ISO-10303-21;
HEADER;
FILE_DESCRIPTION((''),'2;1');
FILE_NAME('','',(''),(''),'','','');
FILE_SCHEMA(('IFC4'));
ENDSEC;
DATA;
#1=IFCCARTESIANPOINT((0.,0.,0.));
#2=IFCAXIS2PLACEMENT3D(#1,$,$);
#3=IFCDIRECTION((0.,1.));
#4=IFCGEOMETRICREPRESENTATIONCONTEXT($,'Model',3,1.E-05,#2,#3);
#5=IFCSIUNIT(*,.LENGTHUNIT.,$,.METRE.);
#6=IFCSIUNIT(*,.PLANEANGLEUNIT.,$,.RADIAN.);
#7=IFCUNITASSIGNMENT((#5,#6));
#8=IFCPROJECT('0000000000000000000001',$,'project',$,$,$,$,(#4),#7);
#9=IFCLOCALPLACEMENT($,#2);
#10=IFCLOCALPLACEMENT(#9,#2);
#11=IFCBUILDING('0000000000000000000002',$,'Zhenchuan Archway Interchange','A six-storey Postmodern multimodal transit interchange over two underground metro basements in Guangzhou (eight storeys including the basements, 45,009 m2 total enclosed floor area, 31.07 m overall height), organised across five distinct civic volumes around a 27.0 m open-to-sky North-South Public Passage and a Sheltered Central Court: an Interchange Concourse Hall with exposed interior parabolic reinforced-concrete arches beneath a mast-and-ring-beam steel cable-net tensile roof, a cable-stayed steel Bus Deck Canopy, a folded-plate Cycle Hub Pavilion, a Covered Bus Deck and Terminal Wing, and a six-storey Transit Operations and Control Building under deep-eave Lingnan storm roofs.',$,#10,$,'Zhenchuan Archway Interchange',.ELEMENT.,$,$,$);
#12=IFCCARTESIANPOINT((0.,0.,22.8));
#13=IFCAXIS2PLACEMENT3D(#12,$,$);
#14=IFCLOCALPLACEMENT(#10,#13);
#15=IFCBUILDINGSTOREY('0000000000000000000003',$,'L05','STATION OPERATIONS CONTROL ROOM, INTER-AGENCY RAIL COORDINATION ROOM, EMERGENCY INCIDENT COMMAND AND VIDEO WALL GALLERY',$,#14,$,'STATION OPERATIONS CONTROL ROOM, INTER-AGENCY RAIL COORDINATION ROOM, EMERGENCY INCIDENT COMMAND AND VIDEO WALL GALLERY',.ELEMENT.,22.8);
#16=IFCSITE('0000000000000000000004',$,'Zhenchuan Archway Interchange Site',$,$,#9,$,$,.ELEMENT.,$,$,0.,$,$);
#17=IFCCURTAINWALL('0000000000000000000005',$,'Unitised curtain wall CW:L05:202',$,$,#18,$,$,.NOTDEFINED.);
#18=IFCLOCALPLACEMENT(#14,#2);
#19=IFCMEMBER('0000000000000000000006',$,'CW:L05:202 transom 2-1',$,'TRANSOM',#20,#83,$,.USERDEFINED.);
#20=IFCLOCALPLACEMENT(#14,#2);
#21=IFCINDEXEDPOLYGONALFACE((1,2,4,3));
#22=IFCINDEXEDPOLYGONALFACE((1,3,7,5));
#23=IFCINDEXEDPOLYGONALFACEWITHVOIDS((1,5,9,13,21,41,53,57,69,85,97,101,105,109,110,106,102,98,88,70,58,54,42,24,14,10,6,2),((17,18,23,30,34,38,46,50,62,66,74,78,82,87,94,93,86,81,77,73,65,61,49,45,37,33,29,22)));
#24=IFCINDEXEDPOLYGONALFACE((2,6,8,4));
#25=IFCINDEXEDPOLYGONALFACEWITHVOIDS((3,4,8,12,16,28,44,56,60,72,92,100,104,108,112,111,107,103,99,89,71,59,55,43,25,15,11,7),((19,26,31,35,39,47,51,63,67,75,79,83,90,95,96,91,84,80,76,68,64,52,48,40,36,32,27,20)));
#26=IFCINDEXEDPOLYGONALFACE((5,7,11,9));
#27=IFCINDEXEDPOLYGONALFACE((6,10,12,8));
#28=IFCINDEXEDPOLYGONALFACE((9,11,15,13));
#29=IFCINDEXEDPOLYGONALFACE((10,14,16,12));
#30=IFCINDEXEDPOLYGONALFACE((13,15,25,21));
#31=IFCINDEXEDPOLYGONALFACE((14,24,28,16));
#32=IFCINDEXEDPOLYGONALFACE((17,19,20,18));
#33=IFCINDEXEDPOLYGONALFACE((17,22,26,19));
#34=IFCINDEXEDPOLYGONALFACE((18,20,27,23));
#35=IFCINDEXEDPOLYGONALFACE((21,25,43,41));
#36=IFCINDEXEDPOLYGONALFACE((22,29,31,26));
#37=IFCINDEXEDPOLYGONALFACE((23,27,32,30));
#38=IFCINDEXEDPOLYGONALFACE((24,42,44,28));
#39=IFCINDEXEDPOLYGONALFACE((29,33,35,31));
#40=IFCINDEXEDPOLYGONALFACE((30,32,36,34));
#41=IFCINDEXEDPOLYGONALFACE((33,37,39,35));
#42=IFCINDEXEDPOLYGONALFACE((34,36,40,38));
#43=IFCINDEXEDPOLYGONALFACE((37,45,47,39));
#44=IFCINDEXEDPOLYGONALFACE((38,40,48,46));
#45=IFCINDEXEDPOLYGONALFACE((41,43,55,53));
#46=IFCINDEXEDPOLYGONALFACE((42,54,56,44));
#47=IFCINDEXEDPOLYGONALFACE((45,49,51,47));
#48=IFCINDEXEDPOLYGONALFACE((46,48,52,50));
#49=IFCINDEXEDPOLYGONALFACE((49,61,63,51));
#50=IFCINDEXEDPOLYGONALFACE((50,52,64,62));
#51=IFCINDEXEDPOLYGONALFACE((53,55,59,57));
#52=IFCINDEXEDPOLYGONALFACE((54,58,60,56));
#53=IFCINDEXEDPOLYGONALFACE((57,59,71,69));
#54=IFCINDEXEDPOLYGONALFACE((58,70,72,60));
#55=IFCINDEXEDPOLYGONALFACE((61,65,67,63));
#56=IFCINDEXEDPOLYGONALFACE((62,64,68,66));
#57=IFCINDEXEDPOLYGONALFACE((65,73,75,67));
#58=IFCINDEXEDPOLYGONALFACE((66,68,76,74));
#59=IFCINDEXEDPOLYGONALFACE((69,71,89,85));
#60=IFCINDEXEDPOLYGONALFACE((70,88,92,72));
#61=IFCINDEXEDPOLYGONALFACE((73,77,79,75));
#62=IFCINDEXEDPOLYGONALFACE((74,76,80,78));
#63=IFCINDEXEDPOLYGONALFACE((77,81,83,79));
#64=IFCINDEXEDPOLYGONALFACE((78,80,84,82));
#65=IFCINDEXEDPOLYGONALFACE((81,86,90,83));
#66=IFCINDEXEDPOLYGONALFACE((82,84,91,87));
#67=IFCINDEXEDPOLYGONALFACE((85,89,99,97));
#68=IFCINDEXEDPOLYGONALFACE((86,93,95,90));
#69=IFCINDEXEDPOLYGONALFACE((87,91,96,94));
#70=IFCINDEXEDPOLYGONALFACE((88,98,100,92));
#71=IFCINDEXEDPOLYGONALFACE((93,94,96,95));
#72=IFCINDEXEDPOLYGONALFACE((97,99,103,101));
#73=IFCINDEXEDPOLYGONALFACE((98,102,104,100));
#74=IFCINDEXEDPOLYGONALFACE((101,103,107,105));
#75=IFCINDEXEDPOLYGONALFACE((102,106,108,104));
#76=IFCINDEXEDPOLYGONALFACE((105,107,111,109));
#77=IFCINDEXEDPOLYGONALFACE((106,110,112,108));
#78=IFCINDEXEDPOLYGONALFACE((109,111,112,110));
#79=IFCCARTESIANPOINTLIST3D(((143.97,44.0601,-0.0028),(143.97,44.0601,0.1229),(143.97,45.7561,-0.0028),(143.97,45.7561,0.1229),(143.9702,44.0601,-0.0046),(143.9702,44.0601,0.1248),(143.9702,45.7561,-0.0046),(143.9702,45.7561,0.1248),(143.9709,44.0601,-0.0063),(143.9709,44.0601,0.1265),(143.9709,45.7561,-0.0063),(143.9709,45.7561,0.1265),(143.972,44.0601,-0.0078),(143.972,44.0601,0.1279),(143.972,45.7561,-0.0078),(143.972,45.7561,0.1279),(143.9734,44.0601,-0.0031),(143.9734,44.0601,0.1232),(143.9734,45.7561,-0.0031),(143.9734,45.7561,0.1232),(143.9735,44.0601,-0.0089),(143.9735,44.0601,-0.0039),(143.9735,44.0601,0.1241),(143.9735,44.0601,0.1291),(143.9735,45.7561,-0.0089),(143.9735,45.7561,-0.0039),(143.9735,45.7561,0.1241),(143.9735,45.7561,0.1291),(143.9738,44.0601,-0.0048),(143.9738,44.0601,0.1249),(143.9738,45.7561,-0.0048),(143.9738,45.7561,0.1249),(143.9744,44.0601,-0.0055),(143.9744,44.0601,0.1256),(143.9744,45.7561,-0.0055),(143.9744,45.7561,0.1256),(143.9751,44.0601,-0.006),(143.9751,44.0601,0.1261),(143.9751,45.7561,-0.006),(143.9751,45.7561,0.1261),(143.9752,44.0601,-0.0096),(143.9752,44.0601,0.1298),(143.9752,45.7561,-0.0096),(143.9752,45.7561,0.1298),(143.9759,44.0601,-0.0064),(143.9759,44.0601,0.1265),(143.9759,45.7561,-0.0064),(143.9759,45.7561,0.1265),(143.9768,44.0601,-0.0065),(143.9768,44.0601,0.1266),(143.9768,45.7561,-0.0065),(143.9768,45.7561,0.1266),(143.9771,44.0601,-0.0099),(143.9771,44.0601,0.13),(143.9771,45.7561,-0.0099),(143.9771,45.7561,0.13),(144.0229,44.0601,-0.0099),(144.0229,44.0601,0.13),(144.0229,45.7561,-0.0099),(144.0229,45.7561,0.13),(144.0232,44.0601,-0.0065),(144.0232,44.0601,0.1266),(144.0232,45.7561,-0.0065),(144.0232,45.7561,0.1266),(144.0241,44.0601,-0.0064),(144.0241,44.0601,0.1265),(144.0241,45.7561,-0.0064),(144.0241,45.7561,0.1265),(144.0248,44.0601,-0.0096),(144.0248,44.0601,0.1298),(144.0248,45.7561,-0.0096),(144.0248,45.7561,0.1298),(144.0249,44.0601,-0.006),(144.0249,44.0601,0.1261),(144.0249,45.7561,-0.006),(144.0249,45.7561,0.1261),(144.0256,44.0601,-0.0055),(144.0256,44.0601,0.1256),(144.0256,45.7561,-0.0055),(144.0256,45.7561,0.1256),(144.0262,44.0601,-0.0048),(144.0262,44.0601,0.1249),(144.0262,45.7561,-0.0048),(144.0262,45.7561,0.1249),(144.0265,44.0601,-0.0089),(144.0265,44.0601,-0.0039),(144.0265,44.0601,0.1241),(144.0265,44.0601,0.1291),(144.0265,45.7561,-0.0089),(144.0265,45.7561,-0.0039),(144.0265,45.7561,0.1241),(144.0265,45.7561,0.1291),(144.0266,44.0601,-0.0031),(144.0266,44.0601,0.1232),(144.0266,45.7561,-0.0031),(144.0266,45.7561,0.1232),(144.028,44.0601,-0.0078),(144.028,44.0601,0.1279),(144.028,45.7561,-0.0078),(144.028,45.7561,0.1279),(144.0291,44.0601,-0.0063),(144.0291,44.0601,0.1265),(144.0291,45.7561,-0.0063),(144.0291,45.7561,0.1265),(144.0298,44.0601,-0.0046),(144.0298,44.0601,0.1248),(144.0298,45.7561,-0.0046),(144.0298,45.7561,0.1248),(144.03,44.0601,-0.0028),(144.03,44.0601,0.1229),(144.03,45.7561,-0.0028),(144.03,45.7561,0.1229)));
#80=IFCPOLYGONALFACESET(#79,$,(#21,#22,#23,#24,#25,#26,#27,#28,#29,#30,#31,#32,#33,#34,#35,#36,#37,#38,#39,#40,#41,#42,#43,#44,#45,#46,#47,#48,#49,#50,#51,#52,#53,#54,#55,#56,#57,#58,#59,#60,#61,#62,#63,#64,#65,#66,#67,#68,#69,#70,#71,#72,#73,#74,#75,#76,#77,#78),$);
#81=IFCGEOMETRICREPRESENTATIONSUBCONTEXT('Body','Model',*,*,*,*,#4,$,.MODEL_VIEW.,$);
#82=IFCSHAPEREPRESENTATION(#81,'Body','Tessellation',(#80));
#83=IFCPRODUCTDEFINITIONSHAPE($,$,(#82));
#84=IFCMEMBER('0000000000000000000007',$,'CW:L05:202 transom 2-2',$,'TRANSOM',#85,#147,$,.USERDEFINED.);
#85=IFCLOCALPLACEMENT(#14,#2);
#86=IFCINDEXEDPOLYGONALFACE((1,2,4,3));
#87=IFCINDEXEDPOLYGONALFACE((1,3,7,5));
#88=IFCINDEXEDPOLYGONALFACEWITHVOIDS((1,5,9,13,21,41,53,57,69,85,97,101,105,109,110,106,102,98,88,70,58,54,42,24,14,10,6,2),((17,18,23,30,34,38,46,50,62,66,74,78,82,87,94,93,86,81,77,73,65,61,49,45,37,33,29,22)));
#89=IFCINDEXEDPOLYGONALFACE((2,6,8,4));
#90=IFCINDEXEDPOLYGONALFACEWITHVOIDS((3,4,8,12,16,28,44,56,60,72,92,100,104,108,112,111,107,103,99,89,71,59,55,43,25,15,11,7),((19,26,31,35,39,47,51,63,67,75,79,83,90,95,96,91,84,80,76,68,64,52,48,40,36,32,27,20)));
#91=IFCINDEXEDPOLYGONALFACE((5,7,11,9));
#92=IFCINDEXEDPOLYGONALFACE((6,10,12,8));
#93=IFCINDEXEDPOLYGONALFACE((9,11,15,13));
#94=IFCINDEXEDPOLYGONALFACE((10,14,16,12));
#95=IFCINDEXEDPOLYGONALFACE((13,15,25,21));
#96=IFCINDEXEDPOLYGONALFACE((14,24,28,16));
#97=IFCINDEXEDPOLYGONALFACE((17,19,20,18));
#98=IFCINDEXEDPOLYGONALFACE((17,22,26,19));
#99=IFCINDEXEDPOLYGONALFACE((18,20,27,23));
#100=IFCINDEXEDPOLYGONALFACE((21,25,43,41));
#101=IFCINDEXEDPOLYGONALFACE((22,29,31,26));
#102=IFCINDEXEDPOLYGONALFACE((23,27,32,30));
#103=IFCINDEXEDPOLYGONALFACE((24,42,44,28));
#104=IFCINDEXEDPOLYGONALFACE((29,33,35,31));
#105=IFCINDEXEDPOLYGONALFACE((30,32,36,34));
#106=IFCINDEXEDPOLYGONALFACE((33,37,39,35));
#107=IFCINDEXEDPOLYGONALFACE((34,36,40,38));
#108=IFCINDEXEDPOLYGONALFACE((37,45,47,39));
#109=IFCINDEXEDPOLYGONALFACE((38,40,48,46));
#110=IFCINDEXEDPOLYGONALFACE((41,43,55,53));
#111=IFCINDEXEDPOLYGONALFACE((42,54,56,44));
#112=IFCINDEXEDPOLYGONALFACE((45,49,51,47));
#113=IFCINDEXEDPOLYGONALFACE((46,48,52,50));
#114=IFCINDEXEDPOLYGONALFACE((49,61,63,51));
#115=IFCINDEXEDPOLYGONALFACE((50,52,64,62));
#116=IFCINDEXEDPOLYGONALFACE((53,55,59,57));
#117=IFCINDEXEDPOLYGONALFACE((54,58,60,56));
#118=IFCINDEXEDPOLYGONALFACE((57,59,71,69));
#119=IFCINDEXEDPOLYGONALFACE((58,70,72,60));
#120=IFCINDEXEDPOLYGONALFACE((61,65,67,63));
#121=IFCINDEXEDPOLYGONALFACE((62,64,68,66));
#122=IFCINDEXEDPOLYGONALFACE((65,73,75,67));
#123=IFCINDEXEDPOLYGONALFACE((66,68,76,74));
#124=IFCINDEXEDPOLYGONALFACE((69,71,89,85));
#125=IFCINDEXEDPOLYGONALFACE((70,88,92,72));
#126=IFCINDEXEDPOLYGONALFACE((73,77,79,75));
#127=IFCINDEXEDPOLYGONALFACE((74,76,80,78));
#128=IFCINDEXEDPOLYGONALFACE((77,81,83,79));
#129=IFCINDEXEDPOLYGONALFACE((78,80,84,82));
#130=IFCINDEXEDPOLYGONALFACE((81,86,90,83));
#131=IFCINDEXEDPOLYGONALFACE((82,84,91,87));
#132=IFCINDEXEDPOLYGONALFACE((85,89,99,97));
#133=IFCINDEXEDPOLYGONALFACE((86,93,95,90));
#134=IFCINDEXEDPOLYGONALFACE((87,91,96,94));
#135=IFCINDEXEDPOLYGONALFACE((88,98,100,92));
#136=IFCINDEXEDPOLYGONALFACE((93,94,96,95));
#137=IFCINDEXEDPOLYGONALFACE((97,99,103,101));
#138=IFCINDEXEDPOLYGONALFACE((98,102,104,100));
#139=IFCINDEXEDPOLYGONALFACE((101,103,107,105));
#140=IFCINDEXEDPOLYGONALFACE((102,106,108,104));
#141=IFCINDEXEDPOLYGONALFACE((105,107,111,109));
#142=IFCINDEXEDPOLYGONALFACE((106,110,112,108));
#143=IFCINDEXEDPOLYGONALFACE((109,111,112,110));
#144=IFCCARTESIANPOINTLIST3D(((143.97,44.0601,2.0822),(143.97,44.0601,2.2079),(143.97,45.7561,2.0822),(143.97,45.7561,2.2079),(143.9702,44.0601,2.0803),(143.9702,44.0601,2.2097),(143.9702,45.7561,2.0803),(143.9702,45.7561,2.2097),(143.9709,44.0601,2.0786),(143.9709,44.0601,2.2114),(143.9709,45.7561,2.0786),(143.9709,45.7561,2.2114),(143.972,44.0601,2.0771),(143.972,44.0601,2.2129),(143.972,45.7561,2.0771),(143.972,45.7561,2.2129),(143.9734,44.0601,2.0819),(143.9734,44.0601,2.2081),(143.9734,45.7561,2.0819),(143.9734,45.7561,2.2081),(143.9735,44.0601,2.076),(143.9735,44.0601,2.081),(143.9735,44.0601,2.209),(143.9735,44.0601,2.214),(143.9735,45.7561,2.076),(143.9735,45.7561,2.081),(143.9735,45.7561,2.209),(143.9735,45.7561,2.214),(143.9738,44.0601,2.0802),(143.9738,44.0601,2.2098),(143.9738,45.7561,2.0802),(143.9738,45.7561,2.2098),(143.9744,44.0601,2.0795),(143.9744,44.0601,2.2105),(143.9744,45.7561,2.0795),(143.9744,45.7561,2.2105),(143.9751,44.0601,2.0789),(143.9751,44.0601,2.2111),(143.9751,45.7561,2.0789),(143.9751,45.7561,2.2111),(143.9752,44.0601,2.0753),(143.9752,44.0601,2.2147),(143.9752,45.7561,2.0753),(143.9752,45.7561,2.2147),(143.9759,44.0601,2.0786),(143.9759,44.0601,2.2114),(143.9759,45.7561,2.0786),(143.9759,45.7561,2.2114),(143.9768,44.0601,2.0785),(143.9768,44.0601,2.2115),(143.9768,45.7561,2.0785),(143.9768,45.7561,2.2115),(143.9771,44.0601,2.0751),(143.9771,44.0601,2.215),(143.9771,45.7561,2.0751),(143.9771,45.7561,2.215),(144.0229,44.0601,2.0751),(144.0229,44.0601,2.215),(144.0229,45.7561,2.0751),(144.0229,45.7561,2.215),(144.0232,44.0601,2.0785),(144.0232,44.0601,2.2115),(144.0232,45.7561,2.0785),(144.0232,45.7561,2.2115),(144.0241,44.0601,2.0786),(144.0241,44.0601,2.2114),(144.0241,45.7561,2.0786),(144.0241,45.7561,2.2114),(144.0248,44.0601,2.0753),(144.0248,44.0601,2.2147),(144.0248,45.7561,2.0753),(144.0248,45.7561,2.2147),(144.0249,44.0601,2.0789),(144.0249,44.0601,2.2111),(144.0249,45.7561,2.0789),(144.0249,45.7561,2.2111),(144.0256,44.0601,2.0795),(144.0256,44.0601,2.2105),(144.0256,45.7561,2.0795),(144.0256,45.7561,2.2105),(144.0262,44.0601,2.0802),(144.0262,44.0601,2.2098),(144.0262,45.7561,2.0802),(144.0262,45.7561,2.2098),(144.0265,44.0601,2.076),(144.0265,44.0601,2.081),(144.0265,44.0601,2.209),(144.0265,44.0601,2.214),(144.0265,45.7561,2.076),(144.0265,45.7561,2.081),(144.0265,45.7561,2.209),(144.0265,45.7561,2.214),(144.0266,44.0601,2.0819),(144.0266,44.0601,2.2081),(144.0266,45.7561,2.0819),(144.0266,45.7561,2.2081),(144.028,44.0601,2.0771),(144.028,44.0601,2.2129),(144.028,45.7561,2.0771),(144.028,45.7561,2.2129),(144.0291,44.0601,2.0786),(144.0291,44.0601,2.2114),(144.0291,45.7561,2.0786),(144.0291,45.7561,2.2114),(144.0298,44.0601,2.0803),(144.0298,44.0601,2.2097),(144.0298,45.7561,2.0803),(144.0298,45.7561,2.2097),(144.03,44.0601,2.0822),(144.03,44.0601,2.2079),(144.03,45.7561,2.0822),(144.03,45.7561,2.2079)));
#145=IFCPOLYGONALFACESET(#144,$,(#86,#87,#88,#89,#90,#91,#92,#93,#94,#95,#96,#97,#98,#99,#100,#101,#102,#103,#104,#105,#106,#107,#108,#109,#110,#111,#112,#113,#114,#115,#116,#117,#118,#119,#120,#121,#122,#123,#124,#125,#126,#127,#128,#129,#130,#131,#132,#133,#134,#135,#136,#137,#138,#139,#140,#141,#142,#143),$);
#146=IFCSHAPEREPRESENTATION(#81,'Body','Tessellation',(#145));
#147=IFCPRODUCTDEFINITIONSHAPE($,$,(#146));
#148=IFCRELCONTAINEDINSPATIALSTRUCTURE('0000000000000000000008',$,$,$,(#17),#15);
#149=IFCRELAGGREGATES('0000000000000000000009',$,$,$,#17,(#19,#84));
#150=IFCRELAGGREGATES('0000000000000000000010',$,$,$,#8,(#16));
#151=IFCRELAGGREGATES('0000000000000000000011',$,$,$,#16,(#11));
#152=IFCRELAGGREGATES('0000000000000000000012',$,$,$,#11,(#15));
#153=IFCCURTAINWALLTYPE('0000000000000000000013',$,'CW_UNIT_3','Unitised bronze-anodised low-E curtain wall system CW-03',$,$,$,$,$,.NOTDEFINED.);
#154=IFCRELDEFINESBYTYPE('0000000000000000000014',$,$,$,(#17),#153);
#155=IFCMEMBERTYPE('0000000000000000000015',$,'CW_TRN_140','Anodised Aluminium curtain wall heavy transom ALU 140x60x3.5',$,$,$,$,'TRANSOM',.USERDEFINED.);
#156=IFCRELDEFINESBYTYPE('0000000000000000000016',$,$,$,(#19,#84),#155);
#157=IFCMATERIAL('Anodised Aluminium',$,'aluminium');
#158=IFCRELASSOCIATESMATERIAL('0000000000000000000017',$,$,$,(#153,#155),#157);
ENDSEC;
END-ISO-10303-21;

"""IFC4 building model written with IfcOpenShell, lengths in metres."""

from ifc_helpers import new_model, si_unit, direction, frame, origin, origin_2d, place, context, subcontext, project, spatial, hollow_rectangle, extrude, material, material_profile, profile_set, type_object, element, aggregate, save


model = new_model("IFC4")

# Units and contexts
model_context = context("Model", 3, precision=1e-05, world=origin(), true_north=direction((0.0, 1.0)))
body_context = subcontext(model_context, "Body", "Model", "MODEL_VIEW")
ifc_project = project(units=[si_unit("LENGTHUNIT", "METRE"), si_unit("PLANEANGLEUNIT", "RADIAN")], contexts=[model_context])

# Site, building, storey
site_placement = place(None, origin())
site = spatial("IfcSite", under=ifc_project, at=site_placement, Name="Zhenchuan Archway Interchange Site", CompositionType="ELEMENT", RefElevation=0.0)
building_placement = place(site_placement, origin())
building = spatial("IfcBuilding", under=site, at=building_placement, Name="Zhenchuan Archway Interchange", Description="A six-storey Postmodern multimodal transit interchange over two underground metro basements in Guangzhou (eight storeys including the basements, 45,009 m2 total enclosed floor area, 31.07 m overall height), organised across five distinct civic volumes around a 27.0 m open-to-sky North-South Public Passage and a Sheltered Central Court: an Interchange Concourse Hall with exposed interior parabolic reinforced-concrete arches beneath a mast-and-ring-beam steel cable-net tensile roof, a cable-stayed steel Bus Deck Canopy, a folded-plate Cycle Hub Pavilion, a Covered Bus Deck and Terminal Wing, and a six-storey Transit Operations and Control Building under deep-eave Lingnan storm roofs.", LongName="Zhenchuan Archway Interchange", CompositionType="ELEMENT")
storey_placement = place(building_placement, frame((0.0, 0.0, 22.8)))
storey = spatial("IfcBuildingStorey", under=building, at=storey_placement, Name="L05", Description="STATION OPERATIONS CONTROL ROOM, INTER-AGENCY RAIL COORDINATION ROOM, EMERGENCY INCIDENT COMMAND AND VIDEO WALL GALLERY", LongName="STATION OPERATIONS CONTROL ROOM, INTER-AGENCY RAIL COORDINATION ROOM, EMERGENCY INCIDENT COMMAND AND VIDEO WALL GALLERY", CompositionType="ELEMENT", Elevation=22.8)

# Curtain wall, members
ifc_material_1 = material(Name="Anodised Aluminium", Category="aluminium")
curtain_wall_type = type_object("IfcCurtainWallType", Name="CW_UNIT_3", Description="Unitised bronze-anodised low-E curtain wall system CW-03", PredefinedType="NOTDEFINED", material=ifc_material_1)
curtain_wall_placement = place(storey_placement, origin())
curtain_wall = element("IfcCurtainWall", 1, at=curtain_wall_placement, inside=storey, type_object=curtain_wall_type, Name="Unitised curtain wall CW:L05:202", PredefinedType="NOTDEFINED")
ifc_material_profile_1 = material_profile(ifc_material_1, hollow_rectangle(XDim=0.0601, YDim=0.1399, WallThickness=0.0034, InnerFilletRadius=0.0034, OuterFilletRadius=0.0071, at=origin_2d()), Name="ALU 140x60x3.5")
ifc_profile_set_1 = profile_set([ifc_material_profile_1], Name="Anodised Aluminium")
member_type_1 = type_object("IfcMemberType", Name="CW_TRN_140", Description="Anodised Aluminium curtain wall heavy transom ALU 140x60x3.5", ElementType="TRANSOM", PredefinedType="USERDEFINED", material=ifc_profile_set_1)
member_1_placement = place(storey_placement, frame((144.0, 44.0601, 0.0601), z_axis=(0.0, 1.0, 0.0), x_axis=(-1.0, 0.0, 0.0)))
member_1 = element("IfcMember", 2, at=member_1_placement, type_object=member_type_1, Name="CW:L05:202 transom 2-1", ObjectType="TRANSOM", PredefinedType="USERDEFINED", context=body_context, shape_type="SweptSolid", body=[
    extrude(hollow_rectangle(XDim=0.0601, YDim=0.1399, WallThickness=0.0034, InnerFilletRadius=0.0034, OuterFilletRadius=0.0071, at=origin_2d()), origin(), (0.0, 0.0, 1.0), 1.696),
])
member_2_placement = place(storey_placement, frame((144.0, 44.0601, 2.145), z_axis=(0.0, 1.0, 0.0), x_axis=(-1.0, 0.0, 0.0)))
member_2 = element("IfcMember", 3, at=member_2_placement, type_object=member_type_1, Name="CW:L05:202 transom 2-2", ObjectType="TRANSOM", PredefinedType="USERDEFINED", context=body_context, shape_type="SweptSolid", body=[
    extrude(hollow_rectangle(XDim=0.0601, YDim=0.1399, WallThickness=0.0034, InnerFilletRadius=0.0034, OuterFilletRadius=0.0071, at=origin_2d()), origin(), (0.0, 0.0, 1.0), 1.696),
])
aggregate(curtain_wall, [member_1, member_2])

save(model, "model.ifc")
